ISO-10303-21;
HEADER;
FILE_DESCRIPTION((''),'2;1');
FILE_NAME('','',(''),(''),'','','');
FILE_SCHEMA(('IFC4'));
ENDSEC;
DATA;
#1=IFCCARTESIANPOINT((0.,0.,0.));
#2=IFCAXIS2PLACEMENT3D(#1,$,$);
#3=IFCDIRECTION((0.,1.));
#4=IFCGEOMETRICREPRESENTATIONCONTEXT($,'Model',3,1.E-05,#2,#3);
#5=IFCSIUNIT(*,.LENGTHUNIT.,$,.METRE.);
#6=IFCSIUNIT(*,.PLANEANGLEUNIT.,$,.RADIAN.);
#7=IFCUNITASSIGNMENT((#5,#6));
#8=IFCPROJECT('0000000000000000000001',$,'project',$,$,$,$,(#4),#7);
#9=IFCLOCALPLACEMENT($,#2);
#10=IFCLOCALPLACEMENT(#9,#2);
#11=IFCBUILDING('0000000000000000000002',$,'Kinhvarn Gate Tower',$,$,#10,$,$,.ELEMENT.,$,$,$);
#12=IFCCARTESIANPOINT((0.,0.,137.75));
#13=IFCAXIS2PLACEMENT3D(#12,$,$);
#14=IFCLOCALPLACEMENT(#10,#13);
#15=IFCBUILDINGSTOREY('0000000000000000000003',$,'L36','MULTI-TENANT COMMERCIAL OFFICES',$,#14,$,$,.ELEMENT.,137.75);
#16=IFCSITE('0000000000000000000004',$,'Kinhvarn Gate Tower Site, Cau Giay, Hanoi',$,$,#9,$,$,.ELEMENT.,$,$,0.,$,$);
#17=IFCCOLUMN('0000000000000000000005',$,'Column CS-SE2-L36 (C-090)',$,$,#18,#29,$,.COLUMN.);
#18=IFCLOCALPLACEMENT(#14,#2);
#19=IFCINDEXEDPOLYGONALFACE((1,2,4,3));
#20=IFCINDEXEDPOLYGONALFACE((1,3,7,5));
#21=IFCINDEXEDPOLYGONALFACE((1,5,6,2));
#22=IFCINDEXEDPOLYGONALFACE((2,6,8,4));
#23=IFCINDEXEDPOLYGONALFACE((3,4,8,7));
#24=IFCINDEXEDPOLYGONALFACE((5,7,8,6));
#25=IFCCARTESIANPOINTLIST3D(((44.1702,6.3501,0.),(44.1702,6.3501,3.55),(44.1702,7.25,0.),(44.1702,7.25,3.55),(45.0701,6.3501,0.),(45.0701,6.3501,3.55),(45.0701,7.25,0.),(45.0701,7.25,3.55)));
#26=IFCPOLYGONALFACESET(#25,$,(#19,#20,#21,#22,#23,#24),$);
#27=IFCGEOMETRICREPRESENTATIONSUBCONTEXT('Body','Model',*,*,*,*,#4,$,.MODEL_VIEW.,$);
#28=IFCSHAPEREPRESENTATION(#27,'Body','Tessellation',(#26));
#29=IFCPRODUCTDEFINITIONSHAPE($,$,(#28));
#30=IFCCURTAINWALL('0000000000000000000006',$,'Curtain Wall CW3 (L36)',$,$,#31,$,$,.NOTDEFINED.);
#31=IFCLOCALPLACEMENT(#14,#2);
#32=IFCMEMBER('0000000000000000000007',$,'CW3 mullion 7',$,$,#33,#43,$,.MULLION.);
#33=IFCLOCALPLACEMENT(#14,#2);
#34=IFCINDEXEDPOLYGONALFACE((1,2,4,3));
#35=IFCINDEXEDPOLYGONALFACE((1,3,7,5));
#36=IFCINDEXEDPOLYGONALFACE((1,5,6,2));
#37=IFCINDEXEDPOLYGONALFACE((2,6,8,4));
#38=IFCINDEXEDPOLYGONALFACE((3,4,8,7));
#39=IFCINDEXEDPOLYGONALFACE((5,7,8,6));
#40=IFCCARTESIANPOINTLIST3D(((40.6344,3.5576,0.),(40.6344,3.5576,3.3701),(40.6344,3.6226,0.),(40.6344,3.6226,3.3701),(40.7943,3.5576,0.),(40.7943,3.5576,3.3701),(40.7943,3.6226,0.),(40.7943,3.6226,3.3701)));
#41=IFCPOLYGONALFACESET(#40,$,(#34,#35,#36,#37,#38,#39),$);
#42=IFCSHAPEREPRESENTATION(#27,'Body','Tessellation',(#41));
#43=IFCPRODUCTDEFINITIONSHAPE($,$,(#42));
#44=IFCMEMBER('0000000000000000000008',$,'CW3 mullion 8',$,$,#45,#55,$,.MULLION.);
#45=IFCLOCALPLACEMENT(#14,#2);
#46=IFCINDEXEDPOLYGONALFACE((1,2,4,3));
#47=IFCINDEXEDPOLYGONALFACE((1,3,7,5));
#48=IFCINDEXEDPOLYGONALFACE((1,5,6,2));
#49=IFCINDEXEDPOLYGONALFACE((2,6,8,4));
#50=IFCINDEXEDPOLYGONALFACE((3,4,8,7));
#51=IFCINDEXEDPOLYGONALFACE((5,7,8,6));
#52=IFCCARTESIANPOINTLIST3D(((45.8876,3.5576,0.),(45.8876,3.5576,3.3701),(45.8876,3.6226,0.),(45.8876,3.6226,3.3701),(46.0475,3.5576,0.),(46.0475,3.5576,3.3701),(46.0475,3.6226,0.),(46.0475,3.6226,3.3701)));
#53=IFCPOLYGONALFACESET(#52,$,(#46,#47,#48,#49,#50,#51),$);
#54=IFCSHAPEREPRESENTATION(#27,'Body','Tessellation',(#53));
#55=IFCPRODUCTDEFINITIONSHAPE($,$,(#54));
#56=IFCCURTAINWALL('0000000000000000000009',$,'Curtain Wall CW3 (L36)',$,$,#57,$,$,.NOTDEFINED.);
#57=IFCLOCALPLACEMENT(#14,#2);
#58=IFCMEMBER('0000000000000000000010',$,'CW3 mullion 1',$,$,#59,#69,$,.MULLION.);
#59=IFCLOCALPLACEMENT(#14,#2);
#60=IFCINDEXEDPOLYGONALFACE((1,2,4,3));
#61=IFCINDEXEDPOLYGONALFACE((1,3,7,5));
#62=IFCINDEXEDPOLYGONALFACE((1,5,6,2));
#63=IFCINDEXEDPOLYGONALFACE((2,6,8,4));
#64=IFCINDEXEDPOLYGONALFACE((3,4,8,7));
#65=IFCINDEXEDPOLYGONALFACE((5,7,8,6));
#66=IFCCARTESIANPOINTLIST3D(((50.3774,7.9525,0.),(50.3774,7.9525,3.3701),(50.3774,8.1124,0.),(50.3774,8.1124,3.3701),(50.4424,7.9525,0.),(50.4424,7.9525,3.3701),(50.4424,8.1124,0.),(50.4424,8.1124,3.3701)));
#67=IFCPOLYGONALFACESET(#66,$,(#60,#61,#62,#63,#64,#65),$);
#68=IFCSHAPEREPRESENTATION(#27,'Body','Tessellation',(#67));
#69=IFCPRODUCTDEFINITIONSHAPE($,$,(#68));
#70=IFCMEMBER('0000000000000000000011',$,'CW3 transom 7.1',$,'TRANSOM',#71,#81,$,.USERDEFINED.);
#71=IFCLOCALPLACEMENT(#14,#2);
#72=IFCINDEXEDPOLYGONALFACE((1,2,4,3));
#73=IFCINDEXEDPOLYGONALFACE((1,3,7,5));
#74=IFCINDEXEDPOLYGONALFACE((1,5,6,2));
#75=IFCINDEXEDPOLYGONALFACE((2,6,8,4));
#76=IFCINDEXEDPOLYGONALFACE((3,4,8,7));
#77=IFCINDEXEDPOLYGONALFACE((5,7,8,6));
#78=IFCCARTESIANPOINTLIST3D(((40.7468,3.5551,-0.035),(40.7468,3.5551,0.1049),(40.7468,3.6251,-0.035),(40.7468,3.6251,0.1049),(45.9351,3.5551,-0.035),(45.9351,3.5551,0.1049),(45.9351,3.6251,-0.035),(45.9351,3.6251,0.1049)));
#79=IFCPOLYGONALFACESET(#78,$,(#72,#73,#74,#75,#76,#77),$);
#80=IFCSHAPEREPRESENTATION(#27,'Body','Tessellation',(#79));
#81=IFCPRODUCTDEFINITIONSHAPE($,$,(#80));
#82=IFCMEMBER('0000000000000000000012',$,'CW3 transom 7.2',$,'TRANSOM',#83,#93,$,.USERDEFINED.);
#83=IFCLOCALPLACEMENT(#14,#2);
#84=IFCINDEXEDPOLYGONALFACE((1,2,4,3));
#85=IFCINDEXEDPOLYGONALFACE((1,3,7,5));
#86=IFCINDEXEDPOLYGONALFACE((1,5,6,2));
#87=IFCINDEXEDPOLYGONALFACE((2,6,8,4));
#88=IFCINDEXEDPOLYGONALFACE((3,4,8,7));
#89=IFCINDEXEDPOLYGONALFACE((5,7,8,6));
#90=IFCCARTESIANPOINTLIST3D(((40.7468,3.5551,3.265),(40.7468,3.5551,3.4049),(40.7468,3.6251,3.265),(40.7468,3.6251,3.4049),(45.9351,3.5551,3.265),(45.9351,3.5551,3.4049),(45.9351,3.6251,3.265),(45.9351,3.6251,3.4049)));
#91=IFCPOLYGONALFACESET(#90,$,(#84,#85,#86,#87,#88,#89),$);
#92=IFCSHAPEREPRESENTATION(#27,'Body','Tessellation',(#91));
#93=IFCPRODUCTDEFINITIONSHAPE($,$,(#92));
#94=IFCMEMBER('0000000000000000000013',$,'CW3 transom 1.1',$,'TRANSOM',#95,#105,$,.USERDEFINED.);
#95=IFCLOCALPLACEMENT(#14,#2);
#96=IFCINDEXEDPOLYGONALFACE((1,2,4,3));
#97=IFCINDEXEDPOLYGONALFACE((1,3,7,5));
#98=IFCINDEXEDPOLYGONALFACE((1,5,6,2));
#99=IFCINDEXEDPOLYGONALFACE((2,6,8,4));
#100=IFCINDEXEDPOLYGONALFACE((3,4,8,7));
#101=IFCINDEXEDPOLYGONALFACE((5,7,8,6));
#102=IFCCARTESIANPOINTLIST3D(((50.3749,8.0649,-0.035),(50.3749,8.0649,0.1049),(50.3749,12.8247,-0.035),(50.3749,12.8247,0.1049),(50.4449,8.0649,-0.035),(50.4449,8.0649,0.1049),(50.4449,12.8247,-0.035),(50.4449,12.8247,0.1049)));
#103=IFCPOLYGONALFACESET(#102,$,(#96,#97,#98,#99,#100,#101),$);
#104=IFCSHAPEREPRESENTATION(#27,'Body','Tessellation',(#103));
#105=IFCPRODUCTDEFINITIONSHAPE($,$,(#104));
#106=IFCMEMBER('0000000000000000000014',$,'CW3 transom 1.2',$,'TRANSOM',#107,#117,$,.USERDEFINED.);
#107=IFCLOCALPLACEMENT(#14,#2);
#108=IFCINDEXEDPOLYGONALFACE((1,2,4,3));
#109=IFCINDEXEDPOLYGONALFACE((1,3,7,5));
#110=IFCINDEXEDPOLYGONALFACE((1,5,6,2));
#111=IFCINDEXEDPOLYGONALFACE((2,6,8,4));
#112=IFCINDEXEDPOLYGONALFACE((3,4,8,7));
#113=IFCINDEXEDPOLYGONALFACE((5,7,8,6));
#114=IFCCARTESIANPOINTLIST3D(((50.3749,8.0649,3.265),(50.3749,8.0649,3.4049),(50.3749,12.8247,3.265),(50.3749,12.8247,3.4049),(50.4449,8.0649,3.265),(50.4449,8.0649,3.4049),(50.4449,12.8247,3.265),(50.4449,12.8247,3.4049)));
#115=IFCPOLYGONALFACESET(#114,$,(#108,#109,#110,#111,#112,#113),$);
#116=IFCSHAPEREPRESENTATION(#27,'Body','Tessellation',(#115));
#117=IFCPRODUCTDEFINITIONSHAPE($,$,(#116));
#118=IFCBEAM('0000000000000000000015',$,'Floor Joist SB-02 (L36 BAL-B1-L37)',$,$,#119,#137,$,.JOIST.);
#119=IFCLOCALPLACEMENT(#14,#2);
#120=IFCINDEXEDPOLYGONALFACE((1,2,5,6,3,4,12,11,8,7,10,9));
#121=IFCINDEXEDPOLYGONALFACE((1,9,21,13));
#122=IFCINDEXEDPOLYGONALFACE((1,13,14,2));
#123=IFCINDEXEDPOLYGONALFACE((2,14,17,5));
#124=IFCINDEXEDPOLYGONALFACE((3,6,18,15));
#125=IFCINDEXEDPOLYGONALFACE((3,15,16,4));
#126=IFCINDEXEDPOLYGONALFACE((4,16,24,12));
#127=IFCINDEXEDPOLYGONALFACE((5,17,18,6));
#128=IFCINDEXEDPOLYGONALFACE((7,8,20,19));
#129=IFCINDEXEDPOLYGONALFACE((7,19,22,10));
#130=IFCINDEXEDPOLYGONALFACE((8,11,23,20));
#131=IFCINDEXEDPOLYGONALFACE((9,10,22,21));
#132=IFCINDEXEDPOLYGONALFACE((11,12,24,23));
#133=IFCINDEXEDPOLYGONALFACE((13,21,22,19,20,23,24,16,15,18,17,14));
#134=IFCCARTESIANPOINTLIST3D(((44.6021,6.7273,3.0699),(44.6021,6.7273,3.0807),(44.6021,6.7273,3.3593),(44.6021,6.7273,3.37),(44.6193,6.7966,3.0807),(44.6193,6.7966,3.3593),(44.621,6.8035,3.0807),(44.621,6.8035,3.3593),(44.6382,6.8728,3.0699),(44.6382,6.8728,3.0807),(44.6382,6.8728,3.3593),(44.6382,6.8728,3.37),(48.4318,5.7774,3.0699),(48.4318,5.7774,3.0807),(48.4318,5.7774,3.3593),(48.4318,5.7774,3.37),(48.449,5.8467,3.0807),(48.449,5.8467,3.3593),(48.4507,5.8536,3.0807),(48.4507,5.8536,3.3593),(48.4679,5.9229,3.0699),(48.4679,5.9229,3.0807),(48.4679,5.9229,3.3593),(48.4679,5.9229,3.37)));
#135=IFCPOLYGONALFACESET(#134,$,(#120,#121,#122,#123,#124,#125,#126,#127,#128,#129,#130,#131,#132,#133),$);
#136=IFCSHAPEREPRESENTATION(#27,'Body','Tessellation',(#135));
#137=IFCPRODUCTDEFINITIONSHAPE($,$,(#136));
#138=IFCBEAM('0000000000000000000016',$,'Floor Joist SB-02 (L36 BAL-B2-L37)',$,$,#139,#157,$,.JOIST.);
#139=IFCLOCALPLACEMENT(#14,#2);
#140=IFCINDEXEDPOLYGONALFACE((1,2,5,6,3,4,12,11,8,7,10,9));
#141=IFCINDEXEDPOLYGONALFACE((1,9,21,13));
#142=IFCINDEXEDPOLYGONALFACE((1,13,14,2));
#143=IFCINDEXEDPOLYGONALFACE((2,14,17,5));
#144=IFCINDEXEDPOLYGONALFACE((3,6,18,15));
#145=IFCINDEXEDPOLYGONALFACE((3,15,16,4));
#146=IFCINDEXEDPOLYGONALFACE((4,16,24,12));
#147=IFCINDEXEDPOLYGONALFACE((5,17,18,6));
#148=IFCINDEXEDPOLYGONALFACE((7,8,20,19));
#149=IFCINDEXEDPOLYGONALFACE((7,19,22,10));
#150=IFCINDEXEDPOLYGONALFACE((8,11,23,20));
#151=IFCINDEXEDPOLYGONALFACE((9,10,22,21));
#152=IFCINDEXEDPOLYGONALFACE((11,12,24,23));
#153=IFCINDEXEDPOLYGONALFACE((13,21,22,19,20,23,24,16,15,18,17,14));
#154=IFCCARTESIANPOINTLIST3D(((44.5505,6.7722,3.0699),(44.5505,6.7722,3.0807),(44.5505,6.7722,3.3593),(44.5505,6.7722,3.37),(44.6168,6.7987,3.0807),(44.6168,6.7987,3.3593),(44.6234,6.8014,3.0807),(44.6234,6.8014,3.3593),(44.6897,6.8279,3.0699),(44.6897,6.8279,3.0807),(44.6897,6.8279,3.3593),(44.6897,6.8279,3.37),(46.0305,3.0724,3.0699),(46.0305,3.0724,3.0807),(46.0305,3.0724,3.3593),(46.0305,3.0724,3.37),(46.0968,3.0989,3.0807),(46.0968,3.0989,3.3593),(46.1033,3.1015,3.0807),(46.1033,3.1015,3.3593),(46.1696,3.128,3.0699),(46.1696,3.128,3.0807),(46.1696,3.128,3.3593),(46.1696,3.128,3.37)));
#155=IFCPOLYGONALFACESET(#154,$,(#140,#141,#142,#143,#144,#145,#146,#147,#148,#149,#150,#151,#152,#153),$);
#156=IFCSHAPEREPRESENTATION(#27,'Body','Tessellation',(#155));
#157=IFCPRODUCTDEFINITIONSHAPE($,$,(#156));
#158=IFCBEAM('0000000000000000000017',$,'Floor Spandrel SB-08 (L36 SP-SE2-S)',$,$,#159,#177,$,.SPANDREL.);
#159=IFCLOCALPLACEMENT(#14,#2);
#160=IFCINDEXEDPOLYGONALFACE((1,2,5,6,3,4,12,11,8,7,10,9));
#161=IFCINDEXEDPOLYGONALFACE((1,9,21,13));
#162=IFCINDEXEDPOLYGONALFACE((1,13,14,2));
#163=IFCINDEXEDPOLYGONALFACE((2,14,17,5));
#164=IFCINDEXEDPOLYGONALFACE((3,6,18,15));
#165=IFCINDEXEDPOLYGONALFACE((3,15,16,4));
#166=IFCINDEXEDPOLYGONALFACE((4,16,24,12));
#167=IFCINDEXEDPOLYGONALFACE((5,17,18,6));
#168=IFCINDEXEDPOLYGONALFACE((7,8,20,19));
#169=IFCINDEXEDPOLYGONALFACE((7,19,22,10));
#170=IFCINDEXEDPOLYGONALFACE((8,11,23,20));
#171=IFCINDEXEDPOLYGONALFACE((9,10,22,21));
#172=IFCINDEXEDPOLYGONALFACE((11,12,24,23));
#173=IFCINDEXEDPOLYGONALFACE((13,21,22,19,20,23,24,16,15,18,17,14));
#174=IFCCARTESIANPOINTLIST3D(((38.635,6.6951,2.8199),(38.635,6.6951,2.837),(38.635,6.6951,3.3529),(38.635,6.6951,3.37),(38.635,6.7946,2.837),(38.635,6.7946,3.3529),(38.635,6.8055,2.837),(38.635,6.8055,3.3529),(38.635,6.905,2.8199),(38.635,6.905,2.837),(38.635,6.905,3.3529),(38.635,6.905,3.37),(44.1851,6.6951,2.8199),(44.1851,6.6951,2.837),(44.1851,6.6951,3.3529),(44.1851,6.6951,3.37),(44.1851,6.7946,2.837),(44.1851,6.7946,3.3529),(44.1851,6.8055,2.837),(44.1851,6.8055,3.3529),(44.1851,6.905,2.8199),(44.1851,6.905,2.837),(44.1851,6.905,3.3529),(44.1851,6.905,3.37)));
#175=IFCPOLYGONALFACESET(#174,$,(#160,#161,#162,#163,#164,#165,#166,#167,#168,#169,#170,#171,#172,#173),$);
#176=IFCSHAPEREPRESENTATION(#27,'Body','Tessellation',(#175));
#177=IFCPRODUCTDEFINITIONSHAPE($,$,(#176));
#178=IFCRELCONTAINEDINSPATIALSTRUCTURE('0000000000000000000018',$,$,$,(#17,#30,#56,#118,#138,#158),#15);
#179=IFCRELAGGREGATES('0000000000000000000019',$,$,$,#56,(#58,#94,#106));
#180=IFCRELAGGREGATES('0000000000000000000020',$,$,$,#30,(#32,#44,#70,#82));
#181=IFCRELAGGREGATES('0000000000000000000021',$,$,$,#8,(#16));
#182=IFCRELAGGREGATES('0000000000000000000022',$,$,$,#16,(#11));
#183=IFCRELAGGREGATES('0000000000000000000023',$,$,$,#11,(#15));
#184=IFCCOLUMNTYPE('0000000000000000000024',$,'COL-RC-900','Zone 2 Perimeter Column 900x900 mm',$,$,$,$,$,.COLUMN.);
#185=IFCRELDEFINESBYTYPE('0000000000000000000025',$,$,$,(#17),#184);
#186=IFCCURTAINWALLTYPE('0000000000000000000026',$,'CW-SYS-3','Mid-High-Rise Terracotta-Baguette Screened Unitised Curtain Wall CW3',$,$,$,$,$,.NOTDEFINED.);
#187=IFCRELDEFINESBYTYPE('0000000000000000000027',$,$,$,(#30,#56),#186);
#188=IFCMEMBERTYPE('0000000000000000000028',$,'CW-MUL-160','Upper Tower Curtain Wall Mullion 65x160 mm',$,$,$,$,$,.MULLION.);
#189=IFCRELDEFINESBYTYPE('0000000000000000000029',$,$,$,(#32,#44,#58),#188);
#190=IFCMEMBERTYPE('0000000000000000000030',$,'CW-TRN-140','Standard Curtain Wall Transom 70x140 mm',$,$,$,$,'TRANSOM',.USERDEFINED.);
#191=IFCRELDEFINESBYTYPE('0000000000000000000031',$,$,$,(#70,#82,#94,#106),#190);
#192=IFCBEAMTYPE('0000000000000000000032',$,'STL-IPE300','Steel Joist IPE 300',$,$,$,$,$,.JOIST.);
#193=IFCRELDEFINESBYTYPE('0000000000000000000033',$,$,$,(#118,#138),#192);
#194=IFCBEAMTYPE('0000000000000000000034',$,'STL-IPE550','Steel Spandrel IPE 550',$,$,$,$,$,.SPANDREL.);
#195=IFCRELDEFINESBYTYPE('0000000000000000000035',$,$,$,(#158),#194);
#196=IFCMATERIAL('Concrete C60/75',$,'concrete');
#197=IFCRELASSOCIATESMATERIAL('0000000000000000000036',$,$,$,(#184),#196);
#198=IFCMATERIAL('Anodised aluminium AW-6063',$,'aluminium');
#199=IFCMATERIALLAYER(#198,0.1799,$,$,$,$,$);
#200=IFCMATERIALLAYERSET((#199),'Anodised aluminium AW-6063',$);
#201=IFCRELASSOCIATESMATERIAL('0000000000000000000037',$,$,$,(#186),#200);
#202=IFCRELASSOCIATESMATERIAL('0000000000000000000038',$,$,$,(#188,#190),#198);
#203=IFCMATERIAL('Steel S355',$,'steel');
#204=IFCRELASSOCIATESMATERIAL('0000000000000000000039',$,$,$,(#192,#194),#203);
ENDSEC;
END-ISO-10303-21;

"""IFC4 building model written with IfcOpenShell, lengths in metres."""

from ifc_helpers import new_model, si_unit, direction, frame, origin, origin_2d, place, context, subcontext, project, spatial, rectangle, i_section, extrude, material, layer, layer_set, material_profile, profile_set, type_object, element, aggregate, save


model = new_model("IFC4")

# Units and contexts
model_context = context("Model", 3, precision=1e-05, world=origin(), true_north=direction((0.0, 1.0)))
body_context = subcontext(model_context, "Body", "Model", "MODEL_VIEW")
ifc_project = project(units=[si_unit("LENGTHUNIT", "METRE"), si_unit("PLANEANGLEUNIT", "RADIAN")], contexts=[model_context])

# Site, building, storey
site_placement = place(None, origin())
site = spatial("IfcSite", under=ifc_project, at=site_placement, Name="Kinhvarn Gate Tower Site, Cau Giay, Hanoi", CompositionType="ELEMENT", RefElevation=0.0)
building_placement = place(site_placement, origin())
building = spatial("IfcBuilding", under=site, at=building_placement, Name="Kinhvarn Gate Tower", CompositionType="ELEMENT")
storey_placement = place(building_placement, frame((0.0, 0.0, 137.75)))
storey = spatial("IfcBuildingStorey", under=building, at=storey_placement, Name="L36", Description="MULTI-TENANT COMMERCIAL OFFICES", CompositionType="ELEMENT", Elevation=137.75)

# Column
ifc_material_1 = material(Name="Concrete C60/75", Category="concrete")
ifc_material_profile_1 = material_profile(ifc_material_1, rectangle(XDim=0.8999, YDim=0.8999, at=origin_2d()), Name="RC 900x900")
ifc_profile_set_1 = profile_set([ifc_material_profile_1], Name="Concrete C60/75")
column_type = type_object("IfcColumnType", Name="COL-RC-900", Description="Zone 2 Perimeter Column 900x900 mm", PredefinedType="COLUMN", material=ifc_profile_set_1)
column_placement = place(storey_placement, frame((44.6201, 6.8, 0.0), z_axis=(0.0, 0.0, 1.0), x_axis=(1.0, 0.0, 0.0)))
element("IfcColumn", 1, at=column_placement, inside=storey, type_object=column_type, Name="Column CS-SE2-L36 (C-090)", PredefinedType="COLUMN", context=body_context, shape_type="SweptSolid", body=[
    extrude(rectangle(XDim=0.8999, YDim=0.8999, at=origin_2d()), origin(), (0.0, 0.0, 1.0), 3.55),
])

# Curtain wall, members
ifc_material_2 = material(Name="Anodised aluminium AW-6063", Category="aluminium")
ifc_layer_1 = layer(ifc_material_2, 0.1799)
ifc_layer_set_1 = layer_set([ifc_layer_1], Name="Anodised aluminium AW-6063")
curtain_wall_type = type_object("IfcCurtainWallType", Name="CW-SYS-3", Description="Mid-High-Rise Terracotta-Baguette Screened Unitised Curtain Wall CW3", PredefinedType="NOTDEFINED", material=ifc_layer_set_1)
curtain_wall_1_placement = place(storey_placement, origin())
curtain_wall_1 = element("IfcCurtainWall", 2, at=curtain_wall_1_placement, inside=storey, type_object=curtain_wall_type, Name="Curtain Wall CW3 (L36)", PredefinedType="NOTDEFINED")
ifc_material_profile_2 = material_profile(ifc_material_2, rectangle(XDim=0.0649, YDim=0.1599, at=origin_2d()), Name="ALU 65x160")
ifc_profile_set_2 = profile_set([ifc_material_profile_2], Name="Anodised aluminium AW-6063")
member_type_1 = type_object("IfcMemberType", Name="CW-MUL-160", Description="Upper Tower Curtain Wall Mullion 65x160 mm", PredefinedType="MULLION", material=ifc_profile_set_2)
member_1_placement = place(storey_placement, frame((40.7144, 3.5901, 0.0), z_axis=(0.0, 0.0, 1.0), x_axis=(0.0, 1.0, 0.0)))
member_1 = element("IfcMember", 3, at=member_1_placement, type_object=member_type_1, Name="CW3 mullion 7", PredefinedType="MULLION", context=body_context, shape_type="SweptSolid", body=[
    extrude(rectangle(XDim=0.0649, YDim=0.1599, at=origin_2d()), origin(), (0.0, 0.0, 1.0), 3.3701),
])
member_2_placement = place(storey_placement, frame((45.9675, 3.5901, 0.0), z_axis=(0.0, 0.0, 1.0), x_axis=(0.0, 1.0, 0.0)))
member_2 = element("IfcMember", 4, at=member_2_placement, type_object=member_type_1, Name="CW3 mullion 8", PredefinedType="MULLION", context=body_context, shape_type="SweptSolid", body=[
    extrude(rectangle(XDim=0.0649, YDim=0.1599, at=origin_2d()), origin(), (0.0, 0.0, 1.0), 3.3701),
])

# Curtain wall, member
curtain_wall_2_placement = place(storey_placement, origin())
curtain_wall_2 = element("IfcCurtainWall", 5, at=curtain_wall_2_placement, inside=storey, type_object=curtain_wall_type, Name="Curtain Wall CW3 (L36)", PredefinedType="NOTDEFINED")
member_3_placement = place(storey_placement, frame((50.4099, 8.0325, 0.0), z_axis=(0.0, 0.0, 1.0), x_axis=(-1.0, 0.0, 0.0)))
member_3 = element("IfcMember", 6, at=member_3_placement, type_object=member_type_1, Name="CW3 mullion 1", PredefinedType="MULLION", context=body_context, shape_type="SweptSolid", body=[
    extrude(rectangle(XDim=0.0649, YDim=0.1599, at=origin_2d()), origin(), (0.0, 0.0, 1.0), 3.3701),
])

# Members
ifc_material_profile_3 = material_profile(ifc_material_2, rectangle(XDim=0.0701, YDim=0.1399, at=origin_2d()), Name="ALU 70x140")
ifc_profile_set_3 = profile_set([ifc_material_profile_3], Name="Anodised aluminium AW-6063")
member_type_2 = type_object("IfcMemberType", Name="CW-TRN-140", Description="Standard Curtain Wall Transom 70x140 mm", ElementType="TRANSOM", PredefinedType="USERDEFINED", material=ifc_profile_set_3)
member_4_placement = place(storey_placement, frame((40.7468, 3.5901, 0.0349), z_axis=(1.0, 0.0, 0.0), x_axis=(0.0, 1.0, 0.0)))
member_4 = element("IfcMember", 7, at=member_4_placement, type_object=member_type_2, Name="CW3 transom 7.1", ObjectType="TRANSOM", PredefinedType="USERDEFINED", context=body_context, shape_type="SweptSolid", body=[
    extrude(rectangle(XDim=0.0701, YDim=0.1399, at=origin_2d()), origin(), (0.0, 0.0, 1.0), 5.1882),
])
member_5_placement = place(storey_placement, frame((40.7468, 3.5901, 3.335), z_axis=(1.0, 0.0, 0.0), x_axis=(0.0, 1.0, 0.0)))
member_5 = element("IfcMember", 8, at=member_5_placement, type_object=member_type_2, Name="CW3 transom 7.2", ObjectType="TRANSOM", PredefinedType="USERDEFINED", context=body_context, shape_type="SweptSolid", body=[
    extrude(rectangle(XDim=0.0701, YDim=0.1399, at=origin_2d()), origin(), (0.0, 0.0, 1.0), 5.1882),
])
member_6_placement = place(storey_placement, frame((50.4099, 8.0649, 0.0349), z_axis=(0.0, 1.0, 0.0), x_axis=(-1.0, 0.0, 0.0)))
member_6 = element("IfcMember", 9, at=member_6_placement, type_object=member_type_2, Name="CW3 transom 1.1", ObjectType="TRANSOM", PredefinedType="USERDEFINED", context=body_context, shape_type="SweptSolid", body=[
    extrude(rectangle(XDim=0.0701, YDim=0.1399, at=origin_2d()), origin(), (0.0, 0.0, 1.0), 4.7598),
])
member_7_placement = place(storey_placement, frame((50.4099, 8.0649, 3.335), z_axis=(0.0, 1.0, 0.0), x_axis=(-1.0, 0.0, 0.0)))
member_7 = element("IfcMember", 10, at=member_7_placement, type_object=member_type_2, Name="CW3 transom 1.2", ObjectType="TRANSOM", PredefinedType="USERDEFINED", context=body_context, shape_type="SweptSolid", body=[
    extrude(rectangle(XDim=0.0701, YDim=0.1399, at=origin_2d()), origin(), (0.0, 0.0, 1.0), 4.7598),
])
aggregate(curtain_wall_2, [member_3, member_6, member_7])

# Beams
ifc_material_3 = material(Name="Steel S355", Category="steel")
ifc_material_profile_4 = material_profile(ifc_material_3, i_section(OverallWidth=0.1499, OverallDepth=0.3, WebThickness=0.0071, FlangeThickness=0.0107, at=origin_2d()), Name="IPE 300")
ifc_profile_set_4 = profile_set([ifc_material_profile_4], Name="Steel S355")
beam_type_1 = type_object("IfcBeamType", Name="STL-IPE300", Description="Steel Joist IPE 300", PredefinedType="JOIST", material=ifc_profile_set_4)
beam_1_placement = place(storey_placement, frame((44.6201, 6.8, 3.22), z_axis=(0.970589, -0.240745, 0.0), x_axis=(0.240745, 0.970589, 0.0)))
element("IfcBeam", 11, at=beam_1_placement, inside=storey, type_object=beam_type_1, Name="Floor Joist SB-02 (L36 BAL-B1-L37)", PredefinedType="JOIST", context=body_context, shape_type="SweptSolid", body=[
    extrude(i_section(OverallWidth=0.1499, OverallDepth=0.3, WebThickness=0.0071, FlangeThickness=0.0107, at=origin_2d()), origin(), (0.0, 0.0, 1.0), 3.9458),
])
beam_2_placement = place(storey_placement, frame((44.6201, 6.8, 3.22), z_axis=(0.371391, -0.928477, 0.0), x_axis=(0.928477, 0.371391, 0.0)))
element("IfcBeam", 12, at=beam_2_placement, inside=storey, type_object=beam_type_1, Name="Floor Joist SB-02 (L36 BAL-B2-L37)", PredefinedType="JOIST", context=body_context, shape_type="SweptSolid", body=[
    extrude(i_section(OverallWidth=0.1499, OverallDepth=0.3, WebThickness=0.0071, FlangeThickness=0.0107, at=origin_2d()), origin(), (0.0, 0.0, 1.0), 3.9849),
])
ifc_material_profile_5 = material_profile(ifc_material_3, i_section(OverallWidth=0.21, OverallDepth=0.55, WebThickness=0.011, FlangeThickness=0.0171, at=origin_2d()), Name="IPE 550")
ifc_profile_set_5 = profile_set([ifc_material_profile_5], Name="Steel S355")
beam_type_2 = type_object("IfcBeamType", Name="STL-IPE550", Description="Steel Spandrel IPE 550", PredefinedType="SPANDREL", material=ifc_profile_set_5)
beam_3_placement = place(storey_placement, frame((38.635, 6.8, 3.095), z_axis=(1.0, 0.0, 0.0), x_axis=(0.0, 1.0, 0.0)))
element("IfcBeam", 13, at=beam_3_placement, inside=storey, type_object=beam_type_2, Name="Floor Spandrel SB-08 (L36 SP-SE2-S)", PredefinedType="SPANDREL", context=body_context, shape_type="SweptSolid", body=[
    extrude(i_section(OverallWidth=0.21, OverallDepth=0.55, WebThickness=0.011, FlangeThickness=0.0171, at=origin_2d()), origin(), (0.0, 0.0, 1.0), 5.55),
])

aggregate(curtain_wall_1, [member_1, member_2, member_4, member_5])

save(model, "model.ifc")
